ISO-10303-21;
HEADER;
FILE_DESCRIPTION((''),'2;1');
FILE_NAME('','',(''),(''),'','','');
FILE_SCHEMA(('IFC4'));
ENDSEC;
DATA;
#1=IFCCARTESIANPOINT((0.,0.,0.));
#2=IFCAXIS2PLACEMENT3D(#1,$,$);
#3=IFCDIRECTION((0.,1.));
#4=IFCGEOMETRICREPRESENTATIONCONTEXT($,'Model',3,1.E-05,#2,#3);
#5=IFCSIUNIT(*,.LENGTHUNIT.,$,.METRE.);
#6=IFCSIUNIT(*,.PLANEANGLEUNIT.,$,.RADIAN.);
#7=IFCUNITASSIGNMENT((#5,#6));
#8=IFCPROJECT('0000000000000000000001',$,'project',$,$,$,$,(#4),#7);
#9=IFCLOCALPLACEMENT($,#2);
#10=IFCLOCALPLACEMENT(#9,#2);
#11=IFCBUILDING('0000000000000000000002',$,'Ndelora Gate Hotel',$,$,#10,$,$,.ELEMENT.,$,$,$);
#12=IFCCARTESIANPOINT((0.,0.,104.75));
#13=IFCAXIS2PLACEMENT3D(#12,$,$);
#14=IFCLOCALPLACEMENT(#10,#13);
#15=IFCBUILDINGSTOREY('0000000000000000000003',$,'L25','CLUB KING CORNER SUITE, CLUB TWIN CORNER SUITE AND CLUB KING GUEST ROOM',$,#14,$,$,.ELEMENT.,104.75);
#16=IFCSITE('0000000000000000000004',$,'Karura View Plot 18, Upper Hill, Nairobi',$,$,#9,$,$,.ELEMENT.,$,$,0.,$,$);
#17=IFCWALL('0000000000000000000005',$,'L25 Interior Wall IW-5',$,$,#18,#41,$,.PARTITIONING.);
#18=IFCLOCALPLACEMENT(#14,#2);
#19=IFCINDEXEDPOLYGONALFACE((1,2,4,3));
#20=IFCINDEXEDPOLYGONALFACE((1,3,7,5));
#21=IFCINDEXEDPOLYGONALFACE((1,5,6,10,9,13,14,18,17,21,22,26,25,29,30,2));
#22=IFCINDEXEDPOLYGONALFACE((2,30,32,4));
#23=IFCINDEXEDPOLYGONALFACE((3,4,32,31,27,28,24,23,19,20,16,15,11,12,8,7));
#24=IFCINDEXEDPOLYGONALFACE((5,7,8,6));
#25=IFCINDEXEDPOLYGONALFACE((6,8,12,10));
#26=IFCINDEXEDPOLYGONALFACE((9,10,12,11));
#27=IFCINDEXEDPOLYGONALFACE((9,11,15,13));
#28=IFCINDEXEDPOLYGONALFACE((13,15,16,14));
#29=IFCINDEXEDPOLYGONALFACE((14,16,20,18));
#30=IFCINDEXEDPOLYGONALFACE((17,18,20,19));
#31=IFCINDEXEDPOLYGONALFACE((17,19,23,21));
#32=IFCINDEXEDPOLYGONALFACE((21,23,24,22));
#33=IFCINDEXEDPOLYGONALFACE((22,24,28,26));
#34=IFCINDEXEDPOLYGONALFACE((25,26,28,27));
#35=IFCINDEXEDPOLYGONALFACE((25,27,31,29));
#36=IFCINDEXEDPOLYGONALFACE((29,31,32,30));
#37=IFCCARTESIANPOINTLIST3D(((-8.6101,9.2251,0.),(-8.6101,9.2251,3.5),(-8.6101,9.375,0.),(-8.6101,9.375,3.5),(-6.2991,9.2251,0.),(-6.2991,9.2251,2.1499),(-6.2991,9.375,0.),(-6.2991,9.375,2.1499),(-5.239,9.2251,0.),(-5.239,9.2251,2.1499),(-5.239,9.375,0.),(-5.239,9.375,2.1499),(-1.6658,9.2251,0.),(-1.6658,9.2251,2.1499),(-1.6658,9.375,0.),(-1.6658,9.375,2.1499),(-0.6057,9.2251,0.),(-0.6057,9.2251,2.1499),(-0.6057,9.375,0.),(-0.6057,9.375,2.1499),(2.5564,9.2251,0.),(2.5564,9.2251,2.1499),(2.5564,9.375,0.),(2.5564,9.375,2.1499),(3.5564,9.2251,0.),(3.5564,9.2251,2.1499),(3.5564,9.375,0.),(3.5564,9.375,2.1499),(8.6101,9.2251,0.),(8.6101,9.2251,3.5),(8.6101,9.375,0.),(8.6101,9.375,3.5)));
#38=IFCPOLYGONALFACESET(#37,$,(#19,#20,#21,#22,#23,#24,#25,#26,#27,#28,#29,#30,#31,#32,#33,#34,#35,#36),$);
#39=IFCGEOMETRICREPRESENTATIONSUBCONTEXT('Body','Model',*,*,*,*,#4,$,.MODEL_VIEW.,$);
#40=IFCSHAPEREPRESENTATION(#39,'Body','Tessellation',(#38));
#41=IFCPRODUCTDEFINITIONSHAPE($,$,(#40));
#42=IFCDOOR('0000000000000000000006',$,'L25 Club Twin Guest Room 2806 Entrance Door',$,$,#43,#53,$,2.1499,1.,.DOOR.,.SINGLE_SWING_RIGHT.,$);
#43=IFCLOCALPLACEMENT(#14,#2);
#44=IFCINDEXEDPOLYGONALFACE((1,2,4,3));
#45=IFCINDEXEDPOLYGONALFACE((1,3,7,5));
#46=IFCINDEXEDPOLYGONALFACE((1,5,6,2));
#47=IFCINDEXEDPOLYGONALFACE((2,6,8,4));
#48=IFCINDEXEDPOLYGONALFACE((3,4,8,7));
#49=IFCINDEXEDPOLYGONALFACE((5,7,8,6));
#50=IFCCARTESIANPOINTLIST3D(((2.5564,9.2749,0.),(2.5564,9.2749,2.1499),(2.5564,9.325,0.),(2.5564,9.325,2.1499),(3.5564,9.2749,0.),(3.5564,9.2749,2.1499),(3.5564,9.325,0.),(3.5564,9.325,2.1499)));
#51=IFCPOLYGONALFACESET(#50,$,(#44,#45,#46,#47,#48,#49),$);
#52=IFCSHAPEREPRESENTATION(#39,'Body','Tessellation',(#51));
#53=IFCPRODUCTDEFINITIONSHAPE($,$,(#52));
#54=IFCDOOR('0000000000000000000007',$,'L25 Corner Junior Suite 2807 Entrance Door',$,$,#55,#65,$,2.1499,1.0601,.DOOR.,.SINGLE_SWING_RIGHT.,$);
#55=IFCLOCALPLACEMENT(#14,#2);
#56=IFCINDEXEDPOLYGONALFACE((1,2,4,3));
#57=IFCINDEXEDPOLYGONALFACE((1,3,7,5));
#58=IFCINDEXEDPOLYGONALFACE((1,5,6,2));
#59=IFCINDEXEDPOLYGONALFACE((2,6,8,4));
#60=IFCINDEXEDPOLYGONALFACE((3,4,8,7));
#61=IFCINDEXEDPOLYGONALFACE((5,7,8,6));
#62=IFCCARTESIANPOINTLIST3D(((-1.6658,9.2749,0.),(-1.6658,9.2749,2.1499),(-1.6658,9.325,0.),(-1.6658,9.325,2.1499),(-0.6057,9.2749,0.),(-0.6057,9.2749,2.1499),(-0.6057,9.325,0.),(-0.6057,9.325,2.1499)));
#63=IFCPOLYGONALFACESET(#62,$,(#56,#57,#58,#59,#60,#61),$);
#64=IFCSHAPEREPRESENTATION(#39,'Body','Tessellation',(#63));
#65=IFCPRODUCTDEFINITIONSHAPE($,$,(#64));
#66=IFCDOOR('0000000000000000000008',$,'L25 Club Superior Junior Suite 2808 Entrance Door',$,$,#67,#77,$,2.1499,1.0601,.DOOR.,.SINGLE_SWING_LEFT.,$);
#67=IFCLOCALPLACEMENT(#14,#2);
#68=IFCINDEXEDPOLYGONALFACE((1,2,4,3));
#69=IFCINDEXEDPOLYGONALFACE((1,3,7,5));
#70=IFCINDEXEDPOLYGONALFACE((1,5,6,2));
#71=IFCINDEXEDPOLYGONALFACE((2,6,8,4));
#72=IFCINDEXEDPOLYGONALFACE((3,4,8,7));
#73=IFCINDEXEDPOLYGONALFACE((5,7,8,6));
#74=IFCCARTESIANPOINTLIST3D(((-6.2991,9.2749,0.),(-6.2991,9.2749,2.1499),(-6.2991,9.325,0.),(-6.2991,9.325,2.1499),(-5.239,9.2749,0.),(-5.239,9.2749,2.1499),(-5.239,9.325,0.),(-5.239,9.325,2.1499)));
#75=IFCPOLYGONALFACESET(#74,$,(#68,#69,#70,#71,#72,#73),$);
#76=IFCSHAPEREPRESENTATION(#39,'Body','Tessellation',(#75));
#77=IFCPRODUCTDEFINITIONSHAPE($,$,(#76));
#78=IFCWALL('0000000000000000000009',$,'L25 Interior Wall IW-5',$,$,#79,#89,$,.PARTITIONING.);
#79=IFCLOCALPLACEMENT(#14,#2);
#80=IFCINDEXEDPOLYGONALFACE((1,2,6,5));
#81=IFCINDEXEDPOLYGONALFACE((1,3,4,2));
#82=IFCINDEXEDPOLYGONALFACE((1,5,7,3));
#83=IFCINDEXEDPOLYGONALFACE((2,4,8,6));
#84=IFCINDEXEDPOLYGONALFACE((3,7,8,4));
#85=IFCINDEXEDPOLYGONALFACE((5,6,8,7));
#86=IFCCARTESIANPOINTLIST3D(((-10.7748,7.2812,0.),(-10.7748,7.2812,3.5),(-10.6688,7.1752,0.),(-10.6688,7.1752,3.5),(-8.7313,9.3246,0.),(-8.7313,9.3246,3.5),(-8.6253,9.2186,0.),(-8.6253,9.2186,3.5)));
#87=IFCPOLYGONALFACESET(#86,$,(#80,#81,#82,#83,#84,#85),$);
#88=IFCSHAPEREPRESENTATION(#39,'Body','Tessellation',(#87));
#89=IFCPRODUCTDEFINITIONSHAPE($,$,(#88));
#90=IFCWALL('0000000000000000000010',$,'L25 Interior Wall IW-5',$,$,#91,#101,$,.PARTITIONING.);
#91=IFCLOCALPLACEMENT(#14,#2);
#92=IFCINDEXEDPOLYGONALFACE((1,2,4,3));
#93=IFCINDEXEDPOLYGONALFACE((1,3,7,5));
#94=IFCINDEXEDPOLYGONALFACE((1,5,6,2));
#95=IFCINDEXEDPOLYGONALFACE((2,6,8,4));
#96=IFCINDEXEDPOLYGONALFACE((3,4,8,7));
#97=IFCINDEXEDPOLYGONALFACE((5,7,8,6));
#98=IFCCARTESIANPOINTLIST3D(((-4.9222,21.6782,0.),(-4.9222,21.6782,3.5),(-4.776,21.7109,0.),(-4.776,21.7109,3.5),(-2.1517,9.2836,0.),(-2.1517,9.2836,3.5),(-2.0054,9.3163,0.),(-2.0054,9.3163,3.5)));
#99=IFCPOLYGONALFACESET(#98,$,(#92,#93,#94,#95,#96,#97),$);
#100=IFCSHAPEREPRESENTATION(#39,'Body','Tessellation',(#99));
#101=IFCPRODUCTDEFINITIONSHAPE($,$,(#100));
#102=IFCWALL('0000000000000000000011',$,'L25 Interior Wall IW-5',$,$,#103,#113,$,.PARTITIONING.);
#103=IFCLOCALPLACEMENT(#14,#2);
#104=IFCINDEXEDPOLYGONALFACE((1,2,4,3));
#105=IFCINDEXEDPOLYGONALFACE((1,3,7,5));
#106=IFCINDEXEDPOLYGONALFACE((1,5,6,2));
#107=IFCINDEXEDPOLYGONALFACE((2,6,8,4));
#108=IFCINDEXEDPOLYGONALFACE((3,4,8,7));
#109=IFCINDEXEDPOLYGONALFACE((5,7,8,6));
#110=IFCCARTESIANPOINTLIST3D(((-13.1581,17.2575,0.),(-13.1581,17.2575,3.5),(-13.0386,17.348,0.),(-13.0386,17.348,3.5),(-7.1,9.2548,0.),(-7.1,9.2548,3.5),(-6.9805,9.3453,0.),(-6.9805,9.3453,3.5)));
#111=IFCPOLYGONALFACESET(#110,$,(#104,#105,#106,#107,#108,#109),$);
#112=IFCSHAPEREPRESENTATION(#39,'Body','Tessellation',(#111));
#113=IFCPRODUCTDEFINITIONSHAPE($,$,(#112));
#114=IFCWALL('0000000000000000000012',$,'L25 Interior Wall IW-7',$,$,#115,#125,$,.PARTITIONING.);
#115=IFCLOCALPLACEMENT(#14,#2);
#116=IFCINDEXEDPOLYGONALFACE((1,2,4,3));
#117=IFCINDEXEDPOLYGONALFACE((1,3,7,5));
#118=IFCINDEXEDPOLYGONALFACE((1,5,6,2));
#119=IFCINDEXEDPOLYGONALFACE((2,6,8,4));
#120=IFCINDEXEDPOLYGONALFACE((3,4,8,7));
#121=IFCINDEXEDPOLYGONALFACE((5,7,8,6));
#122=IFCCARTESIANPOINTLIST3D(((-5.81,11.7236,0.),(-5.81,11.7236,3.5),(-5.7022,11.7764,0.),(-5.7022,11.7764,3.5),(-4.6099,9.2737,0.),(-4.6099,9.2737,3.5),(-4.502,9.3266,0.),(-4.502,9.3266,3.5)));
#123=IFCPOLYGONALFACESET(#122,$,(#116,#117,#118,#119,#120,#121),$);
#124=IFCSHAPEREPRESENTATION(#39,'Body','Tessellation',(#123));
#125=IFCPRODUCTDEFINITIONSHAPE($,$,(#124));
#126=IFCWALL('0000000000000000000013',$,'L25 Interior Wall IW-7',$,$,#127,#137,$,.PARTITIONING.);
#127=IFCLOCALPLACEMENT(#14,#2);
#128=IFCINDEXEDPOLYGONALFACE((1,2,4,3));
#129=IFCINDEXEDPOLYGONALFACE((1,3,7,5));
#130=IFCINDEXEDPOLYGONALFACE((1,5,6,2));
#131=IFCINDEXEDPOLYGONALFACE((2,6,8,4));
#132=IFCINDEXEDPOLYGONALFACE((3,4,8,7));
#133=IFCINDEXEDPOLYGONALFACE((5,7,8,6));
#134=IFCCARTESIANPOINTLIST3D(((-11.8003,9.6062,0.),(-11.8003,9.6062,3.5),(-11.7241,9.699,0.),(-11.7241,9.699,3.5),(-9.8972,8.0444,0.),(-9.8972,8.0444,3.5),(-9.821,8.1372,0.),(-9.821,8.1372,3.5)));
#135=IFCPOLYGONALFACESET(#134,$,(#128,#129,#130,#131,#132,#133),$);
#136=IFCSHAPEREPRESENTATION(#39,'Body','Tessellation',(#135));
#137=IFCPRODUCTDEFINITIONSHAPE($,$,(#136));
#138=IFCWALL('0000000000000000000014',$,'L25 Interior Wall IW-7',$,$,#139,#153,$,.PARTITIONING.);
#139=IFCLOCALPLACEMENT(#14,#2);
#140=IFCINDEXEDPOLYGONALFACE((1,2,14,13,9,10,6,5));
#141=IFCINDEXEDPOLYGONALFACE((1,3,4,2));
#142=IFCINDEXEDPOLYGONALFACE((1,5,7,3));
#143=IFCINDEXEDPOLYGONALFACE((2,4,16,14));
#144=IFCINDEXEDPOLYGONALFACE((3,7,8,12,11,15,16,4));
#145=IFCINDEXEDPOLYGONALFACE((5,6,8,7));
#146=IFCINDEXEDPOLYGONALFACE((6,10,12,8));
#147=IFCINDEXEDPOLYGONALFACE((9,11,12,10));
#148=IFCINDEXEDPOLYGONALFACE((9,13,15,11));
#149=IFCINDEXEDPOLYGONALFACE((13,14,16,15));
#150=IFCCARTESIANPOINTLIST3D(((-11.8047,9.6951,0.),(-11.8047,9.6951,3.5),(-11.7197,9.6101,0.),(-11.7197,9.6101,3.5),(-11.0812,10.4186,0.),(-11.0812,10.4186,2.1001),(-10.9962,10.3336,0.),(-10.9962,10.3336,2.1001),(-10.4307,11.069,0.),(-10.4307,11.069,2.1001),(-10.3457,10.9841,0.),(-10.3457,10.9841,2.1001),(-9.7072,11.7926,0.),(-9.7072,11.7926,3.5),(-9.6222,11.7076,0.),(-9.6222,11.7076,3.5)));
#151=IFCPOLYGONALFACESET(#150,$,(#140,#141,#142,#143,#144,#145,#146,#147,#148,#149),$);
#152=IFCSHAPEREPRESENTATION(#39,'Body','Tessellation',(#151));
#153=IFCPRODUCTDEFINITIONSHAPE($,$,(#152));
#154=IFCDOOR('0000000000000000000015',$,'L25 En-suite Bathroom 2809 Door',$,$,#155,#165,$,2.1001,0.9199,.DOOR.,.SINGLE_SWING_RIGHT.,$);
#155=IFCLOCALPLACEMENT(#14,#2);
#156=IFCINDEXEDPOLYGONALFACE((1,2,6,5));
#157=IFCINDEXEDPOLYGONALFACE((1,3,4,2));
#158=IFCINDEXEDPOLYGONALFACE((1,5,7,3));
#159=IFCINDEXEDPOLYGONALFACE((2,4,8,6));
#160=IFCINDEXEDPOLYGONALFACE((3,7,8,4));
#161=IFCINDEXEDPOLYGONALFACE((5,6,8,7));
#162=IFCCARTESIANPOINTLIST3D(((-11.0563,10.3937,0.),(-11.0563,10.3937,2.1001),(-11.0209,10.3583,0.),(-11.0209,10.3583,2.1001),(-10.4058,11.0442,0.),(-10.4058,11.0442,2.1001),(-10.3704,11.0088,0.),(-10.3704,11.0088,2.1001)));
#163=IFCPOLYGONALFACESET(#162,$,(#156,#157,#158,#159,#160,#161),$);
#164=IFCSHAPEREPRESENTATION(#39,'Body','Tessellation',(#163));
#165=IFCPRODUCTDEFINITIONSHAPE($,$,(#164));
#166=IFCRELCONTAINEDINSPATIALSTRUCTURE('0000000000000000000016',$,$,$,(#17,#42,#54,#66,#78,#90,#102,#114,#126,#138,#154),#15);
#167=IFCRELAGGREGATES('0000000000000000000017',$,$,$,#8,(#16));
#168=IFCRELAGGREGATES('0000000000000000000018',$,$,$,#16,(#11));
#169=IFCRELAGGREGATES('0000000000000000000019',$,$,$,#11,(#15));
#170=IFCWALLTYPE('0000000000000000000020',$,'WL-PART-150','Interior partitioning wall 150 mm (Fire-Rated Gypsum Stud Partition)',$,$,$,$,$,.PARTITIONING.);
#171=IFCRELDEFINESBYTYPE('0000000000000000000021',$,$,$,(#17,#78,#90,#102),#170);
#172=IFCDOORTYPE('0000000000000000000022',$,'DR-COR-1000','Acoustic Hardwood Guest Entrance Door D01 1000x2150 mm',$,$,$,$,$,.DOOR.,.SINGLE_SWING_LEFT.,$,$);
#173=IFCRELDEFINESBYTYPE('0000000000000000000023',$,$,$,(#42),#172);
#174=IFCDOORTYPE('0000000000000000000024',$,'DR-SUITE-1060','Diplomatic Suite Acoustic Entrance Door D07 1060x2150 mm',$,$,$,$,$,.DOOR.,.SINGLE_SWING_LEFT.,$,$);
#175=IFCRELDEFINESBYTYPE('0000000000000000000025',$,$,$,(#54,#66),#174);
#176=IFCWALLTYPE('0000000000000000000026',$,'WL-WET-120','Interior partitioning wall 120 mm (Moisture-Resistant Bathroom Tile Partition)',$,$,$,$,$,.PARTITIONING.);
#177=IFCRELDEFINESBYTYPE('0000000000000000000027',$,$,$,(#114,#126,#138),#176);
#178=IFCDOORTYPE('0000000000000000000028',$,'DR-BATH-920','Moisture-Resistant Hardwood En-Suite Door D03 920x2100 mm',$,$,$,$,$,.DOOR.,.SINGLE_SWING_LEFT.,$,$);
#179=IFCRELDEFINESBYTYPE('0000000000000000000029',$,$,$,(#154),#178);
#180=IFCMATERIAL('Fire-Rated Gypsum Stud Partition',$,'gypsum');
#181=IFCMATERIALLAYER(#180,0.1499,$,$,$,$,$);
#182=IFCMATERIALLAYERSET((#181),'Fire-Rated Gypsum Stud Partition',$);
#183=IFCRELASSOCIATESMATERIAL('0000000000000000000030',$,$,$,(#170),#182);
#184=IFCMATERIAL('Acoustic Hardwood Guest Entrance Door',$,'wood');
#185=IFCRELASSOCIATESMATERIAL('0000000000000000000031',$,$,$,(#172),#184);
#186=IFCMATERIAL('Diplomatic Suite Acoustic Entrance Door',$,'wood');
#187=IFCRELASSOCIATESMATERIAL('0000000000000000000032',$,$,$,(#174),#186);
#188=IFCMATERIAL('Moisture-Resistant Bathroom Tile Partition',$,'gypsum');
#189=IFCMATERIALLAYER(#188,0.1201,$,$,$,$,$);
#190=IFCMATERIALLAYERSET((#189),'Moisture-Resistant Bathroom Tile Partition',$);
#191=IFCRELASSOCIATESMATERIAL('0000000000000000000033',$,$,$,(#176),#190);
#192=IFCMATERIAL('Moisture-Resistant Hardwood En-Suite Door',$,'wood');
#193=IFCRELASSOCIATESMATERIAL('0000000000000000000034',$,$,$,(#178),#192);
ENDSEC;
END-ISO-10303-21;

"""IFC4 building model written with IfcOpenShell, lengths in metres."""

from ifc_helpers import new_model, si_unit, direction, frame, frame_2d, origin, place, context, subcontext, project, spatial, rectangle, extrude, material, layer, layer_set, type_object, element, fill, save


model = new_model("IFC4")

# Units and contexts
model_context = context("Model", 3, precision=1e-05, world=origin(), true_north=direction((0.0, 1.0)))
body_context = subcontext(model_context, "Body", "Model", "MODEL_VIEW")
ifc_project = project(units=[si_unit("LENGTHUNIT", "METRE"), si_unit("PLANEANGLEUNIT", "RADIAN")], contexts=[model_context])

# Site, building, storey
site_placement = place(None, origin())
site = spatial("IfcSite", under=ifc_project, at=site_placement, Name="Karura View Plot 18, Upper Hill, Nairobi", CompositionType="ELEMENT", RefElevation=0.0)
building_placement = place(site_placement, origin())
building = spatial("IfcBuilding", under=site, at=building_placement, Name="Ndelora Gate Hotel", CompositionType="ELEMENT")
storey_placement = place(building_placement, frame((0.0, 0.0, 104.75)))
storey = spatial("IfcBuildingStorey", under=building, at=storey_placement, Name="L25", Description="CLUB KING CORNER SUITE, CLUB TWIN CORNER SUITE AND CLUB KING GUEST ROOM", CompositionType="ELEMENT", Elevation=104.75)

# Wall, openings, doors
ifc_material_1 = material(Name="Fire-Rated Gypsum Stud Partition", Category="gypsum")
ifc_layer_1 = layer(ifc_material_1, 0.1499)
ifc_layer_set_1 = layer_set([ifc_layer_1], Name="Fire-Rated Gypsum Stud Partition")
wall_type_1 = type_object("IfcWallType", Name="WL-PART-150", Description="Interior partitioning wall 150 mm (Fire-Rated Gypsum Stud Partition)", PredefinedType="PARTITIONING", material=ifc_layer_set_1)
wall_1_placement = place(storey_placement, frame((-8.6101, 9.3, 0.0), z_axis=(0.0, 0.0, 1.0), x_axis=(1.0, 0.0, 0.0)))
wall_1 = element("IfcWall", 1, at=wall_1_placement, inside=storey, type_object=wall_type_1, Name="L25 Interior Wall IW-5", PredefinedType="PARTITIONING", context=body_context, shape_type="SweptSolid", body=[
    extrude(rectangle(XDim=17.2202, YDim=0.1499, at=frame_2d((8.6101, 0.0))), origin(), (0.0, 0.0, 1.0), 3.5),
])
opening_1_placement = place(wall_1_placement, frame((11.1665, 0.0, 0.0)))
opening_1 = element("IfcOpeningElement", 2, at=opening_1_placement, cuts=wall_1, PredefinedType="OPENING", context=body_context, shape_type="SweptSolid", body=[
    extrude(rectangle(XDim=1.0, YDim=2.1499, at=frame_2d((0.5, 1.075))), frame((0.0, 0.085, 0.0), z_axis=(0.0, -1.0, 0.0), x_axis=(1.0, 0.0, 0.0)), (0.0, 0.0, 1.0), 0.1699),
])
opening_2_placement = place(wall_1_placement, frame((6.9443, 0.0, 0.0)))
opening_2 = element("IfcOpeningElement", 3, at=opening_2_placement, cuts=wall_1, PredefinedType="OPENING", context=body_context, shape_type="SweptSolid", body=[
    extrude(rectangle(XDim=1.0601, YDim=2.1499, at=frame_2d((0.53, 1.075))), frame((0.0, 0.085, 0.0), z_axis=(0.0, -1.0, 0.0), x_axis=(1.0, 0.0, 0.0)), (0.0, 0.0, 1.0), 0.1699),
])
opening_3_placement = place(wall_1_placement, frame((2.311, 0.0, 0.0)))
opening_3 = element("IfcOpeningElement", 4, at=opening_3_placement, cuts=wall_1, PredefinedType="OPENING", context=body_context, shape_type="SweptSolid", body=[
    extrude(rectangle(XDim=1.0601, YDim=2.1499, at=frame_2d((0.53, 1.075))), frame((0.0, 0.085, 0.0), z_axis=(0.0, -1.0, 0.0), x_axis=(1.0, 0.0, 0.0)), (0.0, 0.0, 1.0), 0.1699),
])
ifc_material_2 = material(Name="Acoustic Hardwood Guest Entrance Door", Category="wood")
door_type_1 = type_object("IfcDoorType", Name="DR-COR-1000", Description="Acoustic Hardwood Guest Entrance Door D01 1000x2150 mm", OperationType="SINGLE_SWING_LEFT", PredefinedType="DOOR", material=ifc_material_2)
door_1_placement = place(opening_1_placement, origin())
door_1 = element("IfcDoor", 5, at=door_1_placement, inside=storey, type_object=door_type_1, Name="L25 Club Twin Guest Room 2806 Entrance Door", OperationType="SINGLE_SWING_RIGHT", OverallHeight=2.1499, OverallWidth=1.0, PredefinedType="DOOR", context=body_context, shape_type="SweptSolid", body=[
    extrude(rectangle(XDim=1.0, YDim=2.1499, at=frame_2d((0.5, 1.075))), frame((0.0, 0.0249, 0.0), z_axis=(0.0, -1.0, 0.0), x_axis=(1.0, 0.0, 0.0)), (0.0, 0.0, 1.0), 0.05),
])
fill(opening_1, door_1)
ifc_material_3 = material(Name="Diplomatic Suite Acoustic Entrance Door", Category="wood")
door_type_2 = type_object("IfcDoorType", Name="DR-SUITE-1060", Description="Diplomatic Suite Acoustic Entrance Door D07 1060x2150 mm", OperationType="SINGLE_SWING_LEFT", PredefinedType="DOOR", material=ifc_material_3)
door_2_placement = place(opening_2_placement, origin())
door_2 = element("IfcDoor", 6, at=door_2_placement, inside=storey, type_object=door_type_2, Name="L25 Corner Junior Suite 2807 Entrance Door", OperationType="SINGLE_SWING_RIGHT", OverallHeight=2.1499, OverallWidth=1.0601, PredefinedType="DOOR", context=body_context, shape_type="SweptSolid", body=[
    extrude(rectangle(XDim=1.0601, YDim=2.1499, at=frame_2d((0.53, 1.075))), frame((0.0, 0.0249, 0.0), z_axis=(0.0, -1.0, 0.0), x_axis=(1.0, 0.0, 0.0)), (0.0, 0.0, 1.0), 0.05),
])
fill(opening_2, door_2)
door_3_placement = place(opening_3_placement, origin())
door_3 = element("IfcDoor", 7, at=door_3_placement, inside=storey, type_object=door_type_2, Name="L25 Club Superior Junior Suite 2808 Entrance Door", OperationType="SINGLE_SWING_LEFT", OverallHeight=2.1499, OverallWidth=1.0601, PredefinedType="DOOR", context=body_context, shape_type="SweptSolid", body=[
    extrude(rectangle(XDim=1.0601, YDim=2.1499, at=frame_2d((0.53, 1.075))), frame((0.0, 0.0249, 0.0), z_axis=(0.0, -1.0, 0.0), x_axis=(1.0, 0.0, 0.0)), (0.0, 0.0, 1.0), 0.05),
])
fill(opening_3, door_3)

# Walls
wall_2_placement = place(storey_placement, frame((-10.7217, 7.2283, 0.0), z_axis=(0.0, 0.0, 1.0), x_axis=(0.707107, 0.707107, 0.0)))
element("IfcWall", 8, at=wall_2_placement, inside=storey, type_object=wall_type_1, Name="L25 Interior Wall IW-5", PredefinedType="PARTITIONING", context=body_context, shape_type="SweptSolid", body=[
    extrude(rectangle(XDim=2.8899, YDim=0.1499, at=frame_2d((1.4448, 0.0))), origin(), (0.0, 0.0, 1.0), 3.5),
])
wall_3_placement = place(storey_placement, frame((-2.0786, 9.3, 0.0), z_axis=(0.0, 0.0, 1.0), x_axis=(-0.218143, 0.975917, 0.0)))
element("IfcWall", 9, at=wall_3_placement, inside=storey, type_object=wall_type_1, Name="L25 Interior Wall IW-5", PredefinedType="PARTITIONING", context=body_context, shape_type="SweptSolid", body=[
    extrude(rectangle(XDim=12.7004, YDim=0.1499, at=frame_2d((6.3501, 0.0))), origin(), (0.0, 0.0, 1.0), 3.5),
])
wall_4_placement = place(storey_placement, frame((-7.0403, 9.3, 0.0), z_axis=(0.0, 0.0, 1.0), x_axis=(-0.603571, 0.79731, 0.0)))
element("IfcWall", 10, at=wall_4_placement, inside=storey, type_object=wall_type_1, Name="L25 Interior Wall IW-5", PredefinedType="PARTITIONING", context=body_context, shape_type="SweptSolid", body=[
    extrude(rectangle(XDim=10.0371, YDim=0.1499, at=frame_2d((5.0186, 0.0))), origin(), (0.0, 0.0, 1.0), 3.5),
])
ifc_material_4 = material(Name="Moisture-Resistant Bathroom Tile Partition", Category="gypsum")
ifc_layer_2 = layer(ifc_material_4, 0.1201)
ifc_layer_set_2 = layer_set([ifc_layer_2], Name="Moisture-Resistant Bathroom Tile Partition")
wall_type_2 = type_object("IfcWallType", Name="WL-WET-120", Description="Interior partitioning wall 120 mm (Moisture-Resistant Bathroom Tile Partition)", PredefinedType="PARTITIONING", material=ifc_layer_set_2)
wall_5_placement = place(storey_placement, frame((-5.7561, 11.75, 0.0), z_axis=(0.0, 0.0, 1.0), x_axis=(0.439932, -0.898031, 0.0)))
element("IfcWall", 11, at=wall_5_placement, inside=storey, type_object=wall_type_2, Name="L25 Interior Wall IW-7", PredefinedType="PARTITIONING", context=body_context, shape_type="SweptSolid", body=[
    extrude(rectangle(XDim=2.728, YDim=0.1201, at=frame_2d((1.364, 0.0))), origin(), (0.0, 0.0, 1.0), 3.5),
])
wall_6_placement = place(storey_placement, frame((-11.7622, 9.6526, 0.0), z_axis=(0.0, 0.0, 1.0), x_axis=(0.77302, -0.634382, 0.0)))
element("IfcWall", 12, at=wall_6_placement, inside=storey, type_object=wall_type_2, Name="L25 Interior Wall IW-7", PredefinedType="PARTITIONING", context=body_context, shape_type="SweptSolid", body=[
    extrude(rectangle(XDim=2.4619, YDim=0.1201, at=frame_2d((1.231, 0.0))), origin(), (0.0, 0.0, 1.0), 3.5),
])

# Wall, opening, door
wall_7_placement = place(storey_placement, frame((-11.7622, 9.6526, 0.0), z_axis=(0.0, 0.0, 1.0), x_axis=(0.707107, 0.707107, 0.0)))
wall_7 = element("IfcWall", 13, at=wall_7_placement, inside=storey, type_object=wall_type_2, Name="L25 Interior Wall IW-7", PredefinedType="PARTITIONING", context=body_context, shape_type="SweptSolid", body=[
    extrude(rectangle(XDim=2.9663, YDim=0.1201, at=frame_2d((1.4832, 0.0))), origin(), (0.0, 0.0, 1.0), 3.5),
])
opening_4_placement = place(wall_7_placement, frame((1.0232, 0.0, 0.0)))
opening_4 = element("IfcOpeningElement", 14, at=opening_4_placement, cuts=wall_7, PredefinedType="OPENING", context=body_context, shape_type="SweptSolid", body=[
    extrude(rectangle(XDim=0.9199, YDim=2.1001, at=frame_2d((0.46, 1.05))), frame((0.0, 0.0701, 0.0), z_axis=(0.0, -1.0, 0.0), x_axis=(1.0, 0.0, 0.0)), (0.0, 0.0, 1.0), 0.1401),
])
ifc_material_5 = material(Name="Moisture-Resistant Hardwood En-Suite Door", Category="wood")
door_type_3 = type_object("IfcDoorType", Name="DR-BATH-920", Description="Moisture-Resistant Hardwood En-Suite Door D03 920x2100 mm", OperationType="SINGLE_SWING_LEFT", PredefinedType="DOOR", material=ifc_material_5)
door_4_placement = place(opening_4_placement, origin())
door_4 = element("IfcDoor", 15, at=door_4_placement, inside=storey, type_object=door_type_3, Name="L25 En-suite Bathroom 2809 Door", OperationType="SINGLE_SWING_RIGHT", OverallHeight=2.1001, OverallWidth=0.9199, PredefinedType="DOOR", context=body_context, shape_type="SweptSolid", body=[
    extrude(rectangle(XDim=0.9199, YDim=2.1001, at=frame_2d((0.46, 1.05))), frame((0.0, 0.0249, 0.0), z_axis=(0.0, -1.0, 0.0), x_axis=(1.0, 0.0, 0.0)), (0.0, 0.0, 1.0), 0.05),
])
fill(opening_4, door_4)

save(model, "model.ifc")
